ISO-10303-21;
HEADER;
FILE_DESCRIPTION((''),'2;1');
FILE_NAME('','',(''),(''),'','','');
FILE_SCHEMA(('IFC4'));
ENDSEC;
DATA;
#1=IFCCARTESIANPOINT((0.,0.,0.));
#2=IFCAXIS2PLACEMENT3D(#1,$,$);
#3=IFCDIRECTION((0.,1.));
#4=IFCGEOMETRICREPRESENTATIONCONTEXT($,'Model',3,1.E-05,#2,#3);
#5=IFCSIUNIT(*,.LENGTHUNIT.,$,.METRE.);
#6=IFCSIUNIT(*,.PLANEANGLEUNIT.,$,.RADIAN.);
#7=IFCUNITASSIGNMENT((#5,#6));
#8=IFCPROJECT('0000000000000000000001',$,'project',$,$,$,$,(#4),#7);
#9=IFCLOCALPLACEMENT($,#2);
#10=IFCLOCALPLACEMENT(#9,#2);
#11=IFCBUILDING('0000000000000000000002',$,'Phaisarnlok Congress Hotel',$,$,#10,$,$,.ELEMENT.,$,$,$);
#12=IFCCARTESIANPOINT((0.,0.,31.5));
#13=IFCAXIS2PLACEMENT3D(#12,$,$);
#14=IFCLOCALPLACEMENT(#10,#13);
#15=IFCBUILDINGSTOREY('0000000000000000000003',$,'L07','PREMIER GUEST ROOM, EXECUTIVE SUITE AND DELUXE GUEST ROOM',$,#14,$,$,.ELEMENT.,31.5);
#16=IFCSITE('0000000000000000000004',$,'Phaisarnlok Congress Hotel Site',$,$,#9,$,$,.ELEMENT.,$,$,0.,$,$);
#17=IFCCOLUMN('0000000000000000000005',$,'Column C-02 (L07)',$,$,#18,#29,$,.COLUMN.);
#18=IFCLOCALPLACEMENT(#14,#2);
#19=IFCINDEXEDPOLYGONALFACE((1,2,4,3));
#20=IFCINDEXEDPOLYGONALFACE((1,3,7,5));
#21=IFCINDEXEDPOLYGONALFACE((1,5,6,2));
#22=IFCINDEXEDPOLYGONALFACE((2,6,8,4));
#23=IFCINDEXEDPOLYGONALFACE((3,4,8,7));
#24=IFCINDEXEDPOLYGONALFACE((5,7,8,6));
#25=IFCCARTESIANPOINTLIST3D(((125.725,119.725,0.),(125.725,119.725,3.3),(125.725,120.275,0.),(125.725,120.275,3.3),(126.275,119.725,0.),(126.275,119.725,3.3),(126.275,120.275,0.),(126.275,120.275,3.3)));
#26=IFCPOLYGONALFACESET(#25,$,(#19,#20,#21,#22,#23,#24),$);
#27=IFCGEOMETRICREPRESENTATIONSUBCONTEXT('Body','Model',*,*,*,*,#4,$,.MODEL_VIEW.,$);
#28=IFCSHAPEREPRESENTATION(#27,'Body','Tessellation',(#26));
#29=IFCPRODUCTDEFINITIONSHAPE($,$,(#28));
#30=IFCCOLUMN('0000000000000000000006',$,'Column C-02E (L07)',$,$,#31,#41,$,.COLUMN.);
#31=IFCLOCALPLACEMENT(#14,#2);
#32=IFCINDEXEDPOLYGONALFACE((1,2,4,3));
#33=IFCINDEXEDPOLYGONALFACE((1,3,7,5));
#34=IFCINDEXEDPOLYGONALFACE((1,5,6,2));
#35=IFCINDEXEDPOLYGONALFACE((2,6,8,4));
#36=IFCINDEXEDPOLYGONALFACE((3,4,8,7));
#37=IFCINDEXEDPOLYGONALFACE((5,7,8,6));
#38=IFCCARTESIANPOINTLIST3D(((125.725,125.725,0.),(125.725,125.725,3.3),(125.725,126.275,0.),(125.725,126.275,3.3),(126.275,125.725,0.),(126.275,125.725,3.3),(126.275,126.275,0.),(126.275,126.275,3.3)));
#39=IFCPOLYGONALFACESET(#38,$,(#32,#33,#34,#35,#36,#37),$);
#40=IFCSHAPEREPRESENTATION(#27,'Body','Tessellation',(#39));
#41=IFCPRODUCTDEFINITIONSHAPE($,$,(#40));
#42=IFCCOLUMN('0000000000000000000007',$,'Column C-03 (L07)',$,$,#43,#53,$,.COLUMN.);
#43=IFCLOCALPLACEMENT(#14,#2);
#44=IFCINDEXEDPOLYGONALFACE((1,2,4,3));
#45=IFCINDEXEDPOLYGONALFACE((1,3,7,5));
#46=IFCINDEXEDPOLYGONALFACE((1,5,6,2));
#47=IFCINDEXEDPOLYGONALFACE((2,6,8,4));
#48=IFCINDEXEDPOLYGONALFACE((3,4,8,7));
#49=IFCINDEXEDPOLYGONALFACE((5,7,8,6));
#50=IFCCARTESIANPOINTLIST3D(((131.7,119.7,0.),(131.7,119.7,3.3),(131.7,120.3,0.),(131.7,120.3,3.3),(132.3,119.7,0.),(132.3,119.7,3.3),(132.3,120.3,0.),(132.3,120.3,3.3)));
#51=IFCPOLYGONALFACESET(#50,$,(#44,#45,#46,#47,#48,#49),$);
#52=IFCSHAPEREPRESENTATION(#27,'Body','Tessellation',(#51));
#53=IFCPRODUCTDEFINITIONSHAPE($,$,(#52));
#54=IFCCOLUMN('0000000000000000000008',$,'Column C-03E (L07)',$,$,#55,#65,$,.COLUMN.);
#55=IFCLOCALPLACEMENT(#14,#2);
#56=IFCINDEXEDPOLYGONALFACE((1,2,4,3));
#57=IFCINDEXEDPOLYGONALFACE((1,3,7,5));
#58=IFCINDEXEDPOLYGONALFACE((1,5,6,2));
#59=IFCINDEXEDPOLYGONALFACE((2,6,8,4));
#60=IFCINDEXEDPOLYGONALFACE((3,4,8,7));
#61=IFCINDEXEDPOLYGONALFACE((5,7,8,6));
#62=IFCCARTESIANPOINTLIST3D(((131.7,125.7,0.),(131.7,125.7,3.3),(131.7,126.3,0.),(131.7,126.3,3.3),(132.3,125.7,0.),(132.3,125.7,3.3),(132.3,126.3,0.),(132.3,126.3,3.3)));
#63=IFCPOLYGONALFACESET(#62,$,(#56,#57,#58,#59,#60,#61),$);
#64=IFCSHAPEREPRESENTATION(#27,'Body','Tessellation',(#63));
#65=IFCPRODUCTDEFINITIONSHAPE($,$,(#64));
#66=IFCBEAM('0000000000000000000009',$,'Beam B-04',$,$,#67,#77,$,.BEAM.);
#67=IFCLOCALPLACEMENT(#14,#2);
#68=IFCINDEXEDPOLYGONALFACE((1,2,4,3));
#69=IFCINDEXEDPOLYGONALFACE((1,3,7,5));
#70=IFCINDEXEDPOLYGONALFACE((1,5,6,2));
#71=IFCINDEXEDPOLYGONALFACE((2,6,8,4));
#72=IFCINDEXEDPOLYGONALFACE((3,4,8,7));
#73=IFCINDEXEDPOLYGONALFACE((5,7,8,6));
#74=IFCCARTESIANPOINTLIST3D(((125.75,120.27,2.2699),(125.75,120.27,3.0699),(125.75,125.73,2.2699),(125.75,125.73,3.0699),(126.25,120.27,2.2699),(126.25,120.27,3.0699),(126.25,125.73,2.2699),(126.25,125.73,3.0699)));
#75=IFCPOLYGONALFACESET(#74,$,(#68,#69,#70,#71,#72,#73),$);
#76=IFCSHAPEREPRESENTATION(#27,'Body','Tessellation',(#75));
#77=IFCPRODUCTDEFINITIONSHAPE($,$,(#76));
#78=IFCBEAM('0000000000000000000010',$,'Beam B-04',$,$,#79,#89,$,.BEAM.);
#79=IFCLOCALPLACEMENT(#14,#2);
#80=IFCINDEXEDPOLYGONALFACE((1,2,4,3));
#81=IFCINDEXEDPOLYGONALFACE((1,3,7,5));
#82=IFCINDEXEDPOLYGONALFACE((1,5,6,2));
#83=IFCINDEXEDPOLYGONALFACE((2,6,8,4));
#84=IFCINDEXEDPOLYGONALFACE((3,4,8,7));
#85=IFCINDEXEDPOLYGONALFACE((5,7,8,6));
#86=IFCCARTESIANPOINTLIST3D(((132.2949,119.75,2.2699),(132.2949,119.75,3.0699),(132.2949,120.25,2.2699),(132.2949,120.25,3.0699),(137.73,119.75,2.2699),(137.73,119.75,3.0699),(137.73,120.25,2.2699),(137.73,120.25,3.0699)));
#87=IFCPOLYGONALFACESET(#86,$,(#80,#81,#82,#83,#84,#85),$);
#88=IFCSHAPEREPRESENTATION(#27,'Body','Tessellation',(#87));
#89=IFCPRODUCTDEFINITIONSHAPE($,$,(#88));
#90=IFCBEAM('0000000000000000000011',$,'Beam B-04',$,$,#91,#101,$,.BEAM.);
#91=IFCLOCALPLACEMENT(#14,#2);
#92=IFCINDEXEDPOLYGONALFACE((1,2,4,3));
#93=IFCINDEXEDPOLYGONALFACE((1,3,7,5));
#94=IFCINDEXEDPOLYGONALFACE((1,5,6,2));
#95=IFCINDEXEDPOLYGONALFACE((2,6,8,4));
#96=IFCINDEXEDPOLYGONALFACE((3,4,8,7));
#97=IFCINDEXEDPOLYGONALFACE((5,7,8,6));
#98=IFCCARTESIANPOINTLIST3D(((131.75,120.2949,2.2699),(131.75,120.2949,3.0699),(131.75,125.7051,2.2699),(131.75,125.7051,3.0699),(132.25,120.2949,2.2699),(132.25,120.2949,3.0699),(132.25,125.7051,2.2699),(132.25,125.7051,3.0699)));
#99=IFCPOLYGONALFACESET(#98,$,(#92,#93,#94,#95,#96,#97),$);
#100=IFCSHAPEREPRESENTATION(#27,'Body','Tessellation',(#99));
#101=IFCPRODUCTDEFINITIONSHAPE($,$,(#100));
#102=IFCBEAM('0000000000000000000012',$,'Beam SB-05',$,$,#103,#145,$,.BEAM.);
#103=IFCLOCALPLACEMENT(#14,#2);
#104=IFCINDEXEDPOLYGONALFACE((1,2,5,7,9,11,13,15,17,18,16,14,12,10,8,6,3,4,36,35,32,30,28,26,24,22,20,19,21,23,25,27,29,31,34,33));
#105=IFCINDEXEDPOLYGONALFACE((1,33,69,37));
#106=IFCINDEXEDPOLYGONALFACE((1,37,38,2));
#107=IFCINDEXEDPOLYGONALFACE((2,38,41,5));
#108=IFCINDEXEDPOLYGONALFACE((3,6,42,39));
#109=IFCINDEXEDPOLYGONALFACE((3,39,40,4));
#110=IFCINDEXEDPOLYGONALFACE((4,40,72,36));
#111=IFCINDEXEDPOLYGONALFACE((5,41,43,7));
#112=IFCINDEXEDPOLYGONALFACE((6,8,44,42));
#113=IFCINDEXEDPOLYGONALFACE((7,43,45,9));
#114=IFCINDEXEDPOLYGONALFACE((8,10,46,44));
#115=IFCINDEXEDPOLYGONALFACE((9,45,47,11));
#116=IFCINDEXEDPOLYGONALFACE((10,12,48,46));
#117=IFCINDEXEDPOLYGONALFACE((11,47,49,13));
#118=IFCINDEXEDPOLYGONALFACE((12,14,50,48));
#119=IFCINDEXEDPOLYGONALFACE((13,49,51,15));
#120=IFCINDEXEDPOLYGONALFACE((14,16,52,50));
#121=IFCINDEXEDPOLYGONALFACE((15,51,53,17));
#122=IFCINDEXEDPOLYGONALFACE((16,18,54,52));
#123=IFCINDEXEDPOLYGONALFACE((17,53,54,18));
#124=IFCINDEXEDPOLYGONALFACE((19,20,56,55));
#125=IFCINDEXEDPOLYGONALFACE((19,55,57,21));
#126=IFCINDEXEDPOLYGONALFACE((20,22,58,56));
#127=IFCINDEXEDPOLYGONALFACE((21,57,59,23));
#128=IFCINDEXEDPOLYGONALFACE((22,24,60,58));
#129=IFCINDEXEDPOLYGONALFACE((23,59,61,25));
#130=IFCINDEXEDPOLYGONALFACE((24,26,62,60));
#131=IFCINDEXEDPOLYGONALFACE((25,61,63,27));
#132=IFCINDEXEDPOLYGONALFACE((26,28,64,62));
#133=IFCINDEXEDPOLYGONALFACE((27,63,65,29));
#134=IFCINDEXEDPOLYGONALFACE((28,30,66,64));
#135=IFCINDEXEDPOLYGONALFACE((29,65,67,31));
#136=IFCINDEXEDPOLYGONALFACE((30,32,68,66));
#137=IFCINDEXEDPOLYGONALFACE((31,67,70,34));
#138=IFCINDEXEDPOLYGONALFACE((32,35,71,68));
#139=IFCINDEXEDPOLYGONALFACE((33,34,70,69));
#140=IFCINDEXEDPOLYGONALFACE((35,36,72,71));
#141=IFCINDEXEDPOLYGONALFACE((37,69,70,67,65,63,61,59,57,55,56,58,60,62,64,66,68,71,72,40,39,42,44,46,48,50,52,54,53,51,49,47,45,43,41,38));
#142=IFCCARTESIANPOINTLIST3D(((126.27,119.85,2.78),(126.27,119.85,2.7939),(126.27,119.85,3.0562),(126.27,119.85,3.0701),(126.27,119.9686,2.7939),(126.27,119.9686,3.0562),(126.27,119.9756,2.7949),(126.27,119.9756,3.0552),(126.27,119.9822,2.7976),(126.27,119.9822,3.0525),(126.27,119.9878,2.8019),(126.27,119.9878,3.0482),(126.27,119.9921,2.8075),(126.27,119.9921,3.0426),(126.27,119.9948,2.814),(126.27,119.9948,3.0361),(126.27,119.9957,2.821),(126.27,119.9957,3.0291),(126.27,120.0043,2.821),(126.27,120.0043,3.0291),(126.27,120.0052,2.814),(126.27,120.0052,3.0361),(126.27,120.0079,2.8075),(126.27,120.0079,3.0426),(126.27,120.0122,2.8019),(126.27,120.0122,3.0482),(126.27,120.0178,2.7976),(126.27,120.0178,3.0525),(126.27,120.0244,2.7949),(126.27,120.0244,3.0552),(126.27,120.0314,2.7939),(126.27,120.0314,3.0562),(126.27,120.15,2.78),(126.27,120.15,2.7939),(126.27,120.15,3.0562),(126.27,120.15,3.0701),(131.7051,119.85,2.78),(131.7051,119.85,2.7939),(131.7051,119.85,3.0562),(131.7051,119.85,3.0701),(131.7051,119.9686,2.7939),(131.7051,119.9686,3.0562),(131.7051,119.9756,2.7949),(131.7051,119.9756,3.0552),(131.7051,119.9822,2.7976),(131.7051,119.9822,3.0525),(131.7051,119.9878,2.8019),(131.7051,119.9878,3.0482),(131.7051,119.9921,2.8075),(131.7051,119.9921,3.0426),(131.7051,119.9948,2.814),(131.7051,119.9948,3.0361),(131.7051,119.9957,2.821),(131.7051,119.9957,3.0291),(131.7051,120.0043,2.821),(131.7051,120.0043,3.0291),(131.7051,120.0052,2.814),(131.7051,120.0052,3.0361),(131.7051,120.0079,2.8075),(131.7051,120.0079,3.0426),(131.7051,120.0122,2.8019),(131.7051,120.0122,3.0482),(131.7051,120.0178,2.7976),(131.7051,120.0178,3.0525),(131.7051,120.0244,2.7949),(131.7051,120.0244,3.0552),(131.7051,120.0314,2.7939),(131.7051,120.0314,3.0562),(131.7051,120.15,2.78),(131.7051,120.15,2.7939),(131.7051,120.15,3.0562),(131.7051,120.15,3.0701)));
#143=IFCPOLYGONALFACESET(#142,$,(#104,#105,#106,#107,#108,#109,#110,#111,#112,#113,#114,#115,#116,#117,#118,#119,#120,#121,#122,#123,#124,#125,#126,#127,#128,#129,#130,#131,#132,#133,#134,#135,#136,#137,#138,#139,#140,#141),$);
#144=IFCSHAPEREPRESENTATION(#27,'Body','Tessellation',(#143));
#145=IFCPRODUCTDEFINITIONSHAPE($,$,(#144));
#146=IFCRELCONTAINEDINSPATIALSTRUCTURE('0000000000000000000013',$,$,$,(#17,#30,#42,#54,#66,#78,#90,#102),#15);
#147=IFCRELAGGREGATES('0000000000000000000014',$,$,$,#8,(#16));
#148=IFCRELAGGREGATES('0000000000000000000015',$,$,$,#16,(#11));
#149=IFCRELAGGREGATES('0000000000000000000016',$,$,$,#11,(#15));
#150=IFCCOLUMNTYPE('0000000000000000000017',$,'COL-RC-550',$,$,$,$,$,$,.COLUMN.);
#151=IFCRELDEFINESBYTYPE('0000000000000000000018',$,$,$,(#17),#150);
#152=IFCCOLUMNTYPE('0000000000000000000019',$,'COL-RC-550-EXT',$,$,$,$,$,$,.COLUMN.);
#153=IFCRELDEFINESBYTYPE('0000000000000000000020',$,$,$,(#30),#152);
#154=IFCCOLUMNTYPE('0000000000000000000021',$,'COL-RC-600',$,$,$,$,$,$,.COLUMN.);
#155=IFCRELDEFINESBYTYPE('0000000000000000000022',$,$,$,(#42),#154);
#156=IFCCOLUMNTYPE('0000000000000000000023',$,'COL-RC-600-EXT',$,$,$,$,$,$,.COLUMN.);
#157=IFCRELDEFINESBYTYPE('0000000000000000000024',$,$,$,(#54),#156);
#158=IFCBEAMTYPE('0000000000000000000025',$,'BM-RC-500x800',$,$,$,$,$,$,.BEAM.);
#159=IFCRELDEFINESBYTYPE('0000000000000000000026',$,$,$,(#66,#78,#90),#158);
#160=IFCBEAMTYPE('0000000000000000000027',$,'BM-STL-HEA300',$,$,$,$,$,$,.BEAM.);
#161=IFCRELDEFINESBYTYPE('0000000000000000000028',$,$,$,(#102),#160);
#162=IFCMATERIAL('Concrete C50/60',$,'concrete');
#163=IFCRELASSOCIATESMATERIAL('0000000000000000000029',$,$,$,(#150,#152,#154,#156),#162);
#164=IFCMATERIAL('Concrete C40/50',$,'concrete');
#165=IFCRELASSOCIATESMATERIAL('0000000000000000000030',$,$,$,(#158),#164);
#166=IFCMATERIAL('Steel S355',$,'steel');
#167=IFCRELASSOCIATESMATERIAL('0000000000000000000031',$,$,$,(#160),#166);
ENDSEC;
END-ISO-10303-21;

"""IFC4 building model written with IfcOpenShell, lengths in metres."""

from ifc_helpers import new_model, si_unit, direction, frame, origin, origin_2d, place, context, subcontext, project, spatial, rectangle, i_section, extrude, material, material_profile, profile_set, type_object, element, save


model = new_model("IFC4")

# Units and contexts
model_context = context("Model", 3, precision=1e-05, world=origin(), true_north=direction((0.0, 1.0)))
body_context = subcontext(model_context, "Body", "Model", "MODEL_VIEW")
ifc_project = project(units=[si_unit("LENGTHUNIT", "METRE"), si_unit("PLANEANGLEUNIT", "RADIAN")], contexts=[model_context])

# Site, building, storey
site_placement = place(None, origin())
site = spatial("IfcSite", under=ifc_project, at=site_placement, Name="Phaisarnlok Congress Hotel Site", CompositionType="ELEMENT", RefElevation=0.0)
building_placement = place(site_placement, origin())
building = spatial("IfcBuilding", under=site, at=building_placement, Name="Phaisarnlok Congress Hotel", CompositionType="ELEMENT")
storey_placement = place(building_placement, frame((0.0, 0.0, 31.5)))
storey = spatial("IfcBuildingStorey", under=building, at=storey_placement, Name="L07", Description="PREMIER GUEST ROOM, EXECUTIVE SUITE AND DELUXE GUEST ROOM", CompositionType="ELEMENT", Elevation=31.5)

# Columns
ifc_material_1 = material(Name="Concrete C50/60", Category="concrete")
ifc_material_profile_1 = material_profile(ifc_material_1, rectangle(XDim=0.55, YDim=0.55, at=origin_2d()), Name="RC 550x550")
ifc_profile_set_1 = profile_set([ifc_material_profile_1], Name="Concrete C50/60")
column_type_1 = type_object("IfcColumnType", Name="COL-RC-550", PredefinedType="COLUMN", material=ifc_profile_set_1)
column_1_placement = place(storey_placement, frame((126.0, 120.0, 0.0), z_axis=(0.0, 0.0, 1.0), x_axis=(1.0, 0.0, 0.0)))
element("IfcColumn", 1, at=column_1_placement, inside=storey, type_object=column_type_1, Name="Column C-02 (L07)", PredefinedType="COLUMN", context=body_context, shape_type="SweptSolid", body=[
    extrude(rectangle(XDim=0.55, YDim=0.55, at=origin_2d()), origin(), (0.0, 0.0, 1.0), 3.3),
])
ifc_material_profile_2 = material_profile(ifc_material_1, rectangle(XDim=0.55, YDim=0.55, at=origin_2d()), Name="RC 550x550")
ifc_profile_set_2 = profile_set([ifc_material_profile_2], Name="Concrete C50/60")
column_type_2 = type_object("IfcColumnType", Name="COL-RC-550-EXT", PredefinedType="COLUMN", material=ifc_profile_set_2)
column_2_placement = place(storey_placement, frame((126.0, 126.0, 0.0), z_axis=(0.0, 0.0, 1.0), x_axis=(1.0, 0.0, 0.0)))
element("IfcColumn", 2, at=column_2_placement, inside=storey, type_object=column_type_2, Name="Column C-02E (L07)", PredefinedType="COLUMN", context=body_context, shape_type="SweptSolid", body=[
    extrude(rectangle(XDim=0.55, YDim=0.55, at=origin_2d()), origin(), (0.0, 0.0, 1.0), 3.3),
])
ifc_material_profile_3 = material_profile(ifc_material_1, rectangle(XDim=0.6001, YDim=0.6001, at=origin_2d()), Name="RC 600x600")
ifc_profile_set_3 = profile_set([ifc_material_profile_3], Name="Concrete C50/60")
column_type_3 = type_object("IfcColumnType", Name="COL-RC-600", PredefinedType="COLUMN", material=ifc_profile_set_3)
column_3_placement = place(storey_placement, frame((132.0, 120.0, 0.0), z_axis=(0.0, 0.0, 1.0), x_axis=(1.0, 0.0, 0.0)))
element("IfcColumn", 3, at=column_3_placement, inside=storey, type_object=column_type_3, Name="Column C-03 (L07)", PredefinedType="COLUMN", context=body_context, shape_type="SweptSolid", body=[
    extrude(rectangle(XDim=0.6001, YDim=0.6001, at=origin_2d()), origin(), (0.0, 0.0, 1.0), 3.3),
])
ifc_material_profile_4 = material_profile(ifc_material_1, rectangle(XDim=0.6001, YDim=0.6001, at=origin_2d()), Name="RC 600x600")
ifc_profile_set_4 = profile_set([ifc_material_profile_4], Name="Concrete C50/60")
column_type_4 = type_object("IfcColumnType", Name="COL-RC-600-EXT", PredefinedType="COLUMN", material=ifc_profile_set_4)
column_4_placement = place(storey_placement, frame((132.0, 126.0, 0.0), z_axis=(0.0, 0.0, 1.0), x_axis=(1.0, 0.0, 0.0)))
element("IfcColumn", 4, at=column_4_placement, inside=storey, type_object=column_type_4, Name="Column C-03E (L07)", PredefinedType="COLUMN", context=body_context, shape_type="SweptSolid", body=[
    extrude(rectangle(XDim=0.6001, YDim=0.6001, at=origin_2d()), origin(), (0.0, 0.0, 1.0), 3.3),
])

# Beams
ifc_material_2 = material(Name="Concrete C40/50", Category="concrete")
ifc_material_profile_5 = material_profile(ifc_material_2, rectangle(XDim=0.5, YDim=0.8, at=origin_2d()), Name="RC 500x800")
ifc_profile_set_5 = profile_set([ifc_material_profile_5], Name="Concrete C40/50")
beam_type_1 = type_object("IfcBeamType", Name="BM-RC-500x800", PredefinedType="BEAM", material=ifc_profile_set_5)
beam_1_placement = place(storey_placement, frame((126.0, 120.27, 2.6699), z_axis=(0.0, 1.0, 0.0), x_axis=(-1.0, 0.0, 0.0)))
element("IfcBeam", 5, at=beam_1_placement, inside=storey, type_object=beam_type_1, Name="Beam B-04", PredefinedType="BEAM", context=body_context, shape_type="SweptSolid", body=[
    extrude(rectangle(XDim=0.5, YDim=0.8, at=origin_2d()), origin(), (0.0, 0.0, 1.0), 5.46),
])
beam_2_placement = place(storey_placement, frame((132.2949, 120.0, 2.6699), z_axis=(1.0, 0.0, 0.0), x_axis=(0.0, 1.0, 0.0)))
element("IfcBeam", 6, at=beam_2_placement, inside=storey, type_object=beam_type_1, Name="Beam B-04", PredefinedType="BEAM", context=body_context, shape_type="SweptSolid", body=[
    extrude(rectangle(XDim=0.5, YDim=0.8, at=origin_2d()), origin(), (0.0, 0.0, 1.0), 5.4351),
])
beam_3_placement = place(storey_placement, frame((132.0, 120.2949, 2.6699), z_axis=(0.0, 1.0, 0.0), x_axis=(-1.0, 0.0, 0.0)))
element("IfcBeam", 7, at=beam_3_placement, inside=storey, type_object=beam_type_1, Name="Beam B-04", PredefinedType="BEAM", context=body_context, shape_type="SweptSolid", body=[
    extrude(rectangle(XDim=0.5, YDim=0.8, at=origin_2d()), origin(), (0.0, 0.0, 1.0), 5.4102),
])
ifc_material_3 = material(Name="Steel S355", Category="steel")
ifc_material_profile_6 = material_profile(ifc_material_3, i_section(OverallWidth=0.3, OverallDepth=0.29, WebThickness=0.0085, FlangeThickness=0.0139, FilletRadius=0.0271, at=origin_2d()), Name="HEA 300")
ifc_profile_set_6 = profile_set([ifc_material_profile_6], Name="Steel S355")
beam_type_2 = type_object("IfcBeamType", Name="BM-STL-HEA300", PredefinedType="BEAM", material=ifc_profile_set_6)
beam_4_placement = place(storey_placement, frame((126.27, 120.0, 2.925), z_axis=(1.0, 0.0, 0.0), x_axis=(0.0, 1.0, 0.0)))
element("IfcBeam", 8, at=beam_4_placement, inside=storey, type_object=beam_type_2, Name="Beam SB-05", PredefinedType="BEAM", context=body_context, shape_type="SweptSolid", body=[
    extrude(i_section(OverallWidth=0.3, OverallDepth=0.29, WebThickness=0.0085, FlangeThickness=0.0139, FilletRadius=0.0271, at=origin_2d()), origin(), (0.0, 0.0, 1.0), 5.4351),
])

save(model, "model.ifc")
